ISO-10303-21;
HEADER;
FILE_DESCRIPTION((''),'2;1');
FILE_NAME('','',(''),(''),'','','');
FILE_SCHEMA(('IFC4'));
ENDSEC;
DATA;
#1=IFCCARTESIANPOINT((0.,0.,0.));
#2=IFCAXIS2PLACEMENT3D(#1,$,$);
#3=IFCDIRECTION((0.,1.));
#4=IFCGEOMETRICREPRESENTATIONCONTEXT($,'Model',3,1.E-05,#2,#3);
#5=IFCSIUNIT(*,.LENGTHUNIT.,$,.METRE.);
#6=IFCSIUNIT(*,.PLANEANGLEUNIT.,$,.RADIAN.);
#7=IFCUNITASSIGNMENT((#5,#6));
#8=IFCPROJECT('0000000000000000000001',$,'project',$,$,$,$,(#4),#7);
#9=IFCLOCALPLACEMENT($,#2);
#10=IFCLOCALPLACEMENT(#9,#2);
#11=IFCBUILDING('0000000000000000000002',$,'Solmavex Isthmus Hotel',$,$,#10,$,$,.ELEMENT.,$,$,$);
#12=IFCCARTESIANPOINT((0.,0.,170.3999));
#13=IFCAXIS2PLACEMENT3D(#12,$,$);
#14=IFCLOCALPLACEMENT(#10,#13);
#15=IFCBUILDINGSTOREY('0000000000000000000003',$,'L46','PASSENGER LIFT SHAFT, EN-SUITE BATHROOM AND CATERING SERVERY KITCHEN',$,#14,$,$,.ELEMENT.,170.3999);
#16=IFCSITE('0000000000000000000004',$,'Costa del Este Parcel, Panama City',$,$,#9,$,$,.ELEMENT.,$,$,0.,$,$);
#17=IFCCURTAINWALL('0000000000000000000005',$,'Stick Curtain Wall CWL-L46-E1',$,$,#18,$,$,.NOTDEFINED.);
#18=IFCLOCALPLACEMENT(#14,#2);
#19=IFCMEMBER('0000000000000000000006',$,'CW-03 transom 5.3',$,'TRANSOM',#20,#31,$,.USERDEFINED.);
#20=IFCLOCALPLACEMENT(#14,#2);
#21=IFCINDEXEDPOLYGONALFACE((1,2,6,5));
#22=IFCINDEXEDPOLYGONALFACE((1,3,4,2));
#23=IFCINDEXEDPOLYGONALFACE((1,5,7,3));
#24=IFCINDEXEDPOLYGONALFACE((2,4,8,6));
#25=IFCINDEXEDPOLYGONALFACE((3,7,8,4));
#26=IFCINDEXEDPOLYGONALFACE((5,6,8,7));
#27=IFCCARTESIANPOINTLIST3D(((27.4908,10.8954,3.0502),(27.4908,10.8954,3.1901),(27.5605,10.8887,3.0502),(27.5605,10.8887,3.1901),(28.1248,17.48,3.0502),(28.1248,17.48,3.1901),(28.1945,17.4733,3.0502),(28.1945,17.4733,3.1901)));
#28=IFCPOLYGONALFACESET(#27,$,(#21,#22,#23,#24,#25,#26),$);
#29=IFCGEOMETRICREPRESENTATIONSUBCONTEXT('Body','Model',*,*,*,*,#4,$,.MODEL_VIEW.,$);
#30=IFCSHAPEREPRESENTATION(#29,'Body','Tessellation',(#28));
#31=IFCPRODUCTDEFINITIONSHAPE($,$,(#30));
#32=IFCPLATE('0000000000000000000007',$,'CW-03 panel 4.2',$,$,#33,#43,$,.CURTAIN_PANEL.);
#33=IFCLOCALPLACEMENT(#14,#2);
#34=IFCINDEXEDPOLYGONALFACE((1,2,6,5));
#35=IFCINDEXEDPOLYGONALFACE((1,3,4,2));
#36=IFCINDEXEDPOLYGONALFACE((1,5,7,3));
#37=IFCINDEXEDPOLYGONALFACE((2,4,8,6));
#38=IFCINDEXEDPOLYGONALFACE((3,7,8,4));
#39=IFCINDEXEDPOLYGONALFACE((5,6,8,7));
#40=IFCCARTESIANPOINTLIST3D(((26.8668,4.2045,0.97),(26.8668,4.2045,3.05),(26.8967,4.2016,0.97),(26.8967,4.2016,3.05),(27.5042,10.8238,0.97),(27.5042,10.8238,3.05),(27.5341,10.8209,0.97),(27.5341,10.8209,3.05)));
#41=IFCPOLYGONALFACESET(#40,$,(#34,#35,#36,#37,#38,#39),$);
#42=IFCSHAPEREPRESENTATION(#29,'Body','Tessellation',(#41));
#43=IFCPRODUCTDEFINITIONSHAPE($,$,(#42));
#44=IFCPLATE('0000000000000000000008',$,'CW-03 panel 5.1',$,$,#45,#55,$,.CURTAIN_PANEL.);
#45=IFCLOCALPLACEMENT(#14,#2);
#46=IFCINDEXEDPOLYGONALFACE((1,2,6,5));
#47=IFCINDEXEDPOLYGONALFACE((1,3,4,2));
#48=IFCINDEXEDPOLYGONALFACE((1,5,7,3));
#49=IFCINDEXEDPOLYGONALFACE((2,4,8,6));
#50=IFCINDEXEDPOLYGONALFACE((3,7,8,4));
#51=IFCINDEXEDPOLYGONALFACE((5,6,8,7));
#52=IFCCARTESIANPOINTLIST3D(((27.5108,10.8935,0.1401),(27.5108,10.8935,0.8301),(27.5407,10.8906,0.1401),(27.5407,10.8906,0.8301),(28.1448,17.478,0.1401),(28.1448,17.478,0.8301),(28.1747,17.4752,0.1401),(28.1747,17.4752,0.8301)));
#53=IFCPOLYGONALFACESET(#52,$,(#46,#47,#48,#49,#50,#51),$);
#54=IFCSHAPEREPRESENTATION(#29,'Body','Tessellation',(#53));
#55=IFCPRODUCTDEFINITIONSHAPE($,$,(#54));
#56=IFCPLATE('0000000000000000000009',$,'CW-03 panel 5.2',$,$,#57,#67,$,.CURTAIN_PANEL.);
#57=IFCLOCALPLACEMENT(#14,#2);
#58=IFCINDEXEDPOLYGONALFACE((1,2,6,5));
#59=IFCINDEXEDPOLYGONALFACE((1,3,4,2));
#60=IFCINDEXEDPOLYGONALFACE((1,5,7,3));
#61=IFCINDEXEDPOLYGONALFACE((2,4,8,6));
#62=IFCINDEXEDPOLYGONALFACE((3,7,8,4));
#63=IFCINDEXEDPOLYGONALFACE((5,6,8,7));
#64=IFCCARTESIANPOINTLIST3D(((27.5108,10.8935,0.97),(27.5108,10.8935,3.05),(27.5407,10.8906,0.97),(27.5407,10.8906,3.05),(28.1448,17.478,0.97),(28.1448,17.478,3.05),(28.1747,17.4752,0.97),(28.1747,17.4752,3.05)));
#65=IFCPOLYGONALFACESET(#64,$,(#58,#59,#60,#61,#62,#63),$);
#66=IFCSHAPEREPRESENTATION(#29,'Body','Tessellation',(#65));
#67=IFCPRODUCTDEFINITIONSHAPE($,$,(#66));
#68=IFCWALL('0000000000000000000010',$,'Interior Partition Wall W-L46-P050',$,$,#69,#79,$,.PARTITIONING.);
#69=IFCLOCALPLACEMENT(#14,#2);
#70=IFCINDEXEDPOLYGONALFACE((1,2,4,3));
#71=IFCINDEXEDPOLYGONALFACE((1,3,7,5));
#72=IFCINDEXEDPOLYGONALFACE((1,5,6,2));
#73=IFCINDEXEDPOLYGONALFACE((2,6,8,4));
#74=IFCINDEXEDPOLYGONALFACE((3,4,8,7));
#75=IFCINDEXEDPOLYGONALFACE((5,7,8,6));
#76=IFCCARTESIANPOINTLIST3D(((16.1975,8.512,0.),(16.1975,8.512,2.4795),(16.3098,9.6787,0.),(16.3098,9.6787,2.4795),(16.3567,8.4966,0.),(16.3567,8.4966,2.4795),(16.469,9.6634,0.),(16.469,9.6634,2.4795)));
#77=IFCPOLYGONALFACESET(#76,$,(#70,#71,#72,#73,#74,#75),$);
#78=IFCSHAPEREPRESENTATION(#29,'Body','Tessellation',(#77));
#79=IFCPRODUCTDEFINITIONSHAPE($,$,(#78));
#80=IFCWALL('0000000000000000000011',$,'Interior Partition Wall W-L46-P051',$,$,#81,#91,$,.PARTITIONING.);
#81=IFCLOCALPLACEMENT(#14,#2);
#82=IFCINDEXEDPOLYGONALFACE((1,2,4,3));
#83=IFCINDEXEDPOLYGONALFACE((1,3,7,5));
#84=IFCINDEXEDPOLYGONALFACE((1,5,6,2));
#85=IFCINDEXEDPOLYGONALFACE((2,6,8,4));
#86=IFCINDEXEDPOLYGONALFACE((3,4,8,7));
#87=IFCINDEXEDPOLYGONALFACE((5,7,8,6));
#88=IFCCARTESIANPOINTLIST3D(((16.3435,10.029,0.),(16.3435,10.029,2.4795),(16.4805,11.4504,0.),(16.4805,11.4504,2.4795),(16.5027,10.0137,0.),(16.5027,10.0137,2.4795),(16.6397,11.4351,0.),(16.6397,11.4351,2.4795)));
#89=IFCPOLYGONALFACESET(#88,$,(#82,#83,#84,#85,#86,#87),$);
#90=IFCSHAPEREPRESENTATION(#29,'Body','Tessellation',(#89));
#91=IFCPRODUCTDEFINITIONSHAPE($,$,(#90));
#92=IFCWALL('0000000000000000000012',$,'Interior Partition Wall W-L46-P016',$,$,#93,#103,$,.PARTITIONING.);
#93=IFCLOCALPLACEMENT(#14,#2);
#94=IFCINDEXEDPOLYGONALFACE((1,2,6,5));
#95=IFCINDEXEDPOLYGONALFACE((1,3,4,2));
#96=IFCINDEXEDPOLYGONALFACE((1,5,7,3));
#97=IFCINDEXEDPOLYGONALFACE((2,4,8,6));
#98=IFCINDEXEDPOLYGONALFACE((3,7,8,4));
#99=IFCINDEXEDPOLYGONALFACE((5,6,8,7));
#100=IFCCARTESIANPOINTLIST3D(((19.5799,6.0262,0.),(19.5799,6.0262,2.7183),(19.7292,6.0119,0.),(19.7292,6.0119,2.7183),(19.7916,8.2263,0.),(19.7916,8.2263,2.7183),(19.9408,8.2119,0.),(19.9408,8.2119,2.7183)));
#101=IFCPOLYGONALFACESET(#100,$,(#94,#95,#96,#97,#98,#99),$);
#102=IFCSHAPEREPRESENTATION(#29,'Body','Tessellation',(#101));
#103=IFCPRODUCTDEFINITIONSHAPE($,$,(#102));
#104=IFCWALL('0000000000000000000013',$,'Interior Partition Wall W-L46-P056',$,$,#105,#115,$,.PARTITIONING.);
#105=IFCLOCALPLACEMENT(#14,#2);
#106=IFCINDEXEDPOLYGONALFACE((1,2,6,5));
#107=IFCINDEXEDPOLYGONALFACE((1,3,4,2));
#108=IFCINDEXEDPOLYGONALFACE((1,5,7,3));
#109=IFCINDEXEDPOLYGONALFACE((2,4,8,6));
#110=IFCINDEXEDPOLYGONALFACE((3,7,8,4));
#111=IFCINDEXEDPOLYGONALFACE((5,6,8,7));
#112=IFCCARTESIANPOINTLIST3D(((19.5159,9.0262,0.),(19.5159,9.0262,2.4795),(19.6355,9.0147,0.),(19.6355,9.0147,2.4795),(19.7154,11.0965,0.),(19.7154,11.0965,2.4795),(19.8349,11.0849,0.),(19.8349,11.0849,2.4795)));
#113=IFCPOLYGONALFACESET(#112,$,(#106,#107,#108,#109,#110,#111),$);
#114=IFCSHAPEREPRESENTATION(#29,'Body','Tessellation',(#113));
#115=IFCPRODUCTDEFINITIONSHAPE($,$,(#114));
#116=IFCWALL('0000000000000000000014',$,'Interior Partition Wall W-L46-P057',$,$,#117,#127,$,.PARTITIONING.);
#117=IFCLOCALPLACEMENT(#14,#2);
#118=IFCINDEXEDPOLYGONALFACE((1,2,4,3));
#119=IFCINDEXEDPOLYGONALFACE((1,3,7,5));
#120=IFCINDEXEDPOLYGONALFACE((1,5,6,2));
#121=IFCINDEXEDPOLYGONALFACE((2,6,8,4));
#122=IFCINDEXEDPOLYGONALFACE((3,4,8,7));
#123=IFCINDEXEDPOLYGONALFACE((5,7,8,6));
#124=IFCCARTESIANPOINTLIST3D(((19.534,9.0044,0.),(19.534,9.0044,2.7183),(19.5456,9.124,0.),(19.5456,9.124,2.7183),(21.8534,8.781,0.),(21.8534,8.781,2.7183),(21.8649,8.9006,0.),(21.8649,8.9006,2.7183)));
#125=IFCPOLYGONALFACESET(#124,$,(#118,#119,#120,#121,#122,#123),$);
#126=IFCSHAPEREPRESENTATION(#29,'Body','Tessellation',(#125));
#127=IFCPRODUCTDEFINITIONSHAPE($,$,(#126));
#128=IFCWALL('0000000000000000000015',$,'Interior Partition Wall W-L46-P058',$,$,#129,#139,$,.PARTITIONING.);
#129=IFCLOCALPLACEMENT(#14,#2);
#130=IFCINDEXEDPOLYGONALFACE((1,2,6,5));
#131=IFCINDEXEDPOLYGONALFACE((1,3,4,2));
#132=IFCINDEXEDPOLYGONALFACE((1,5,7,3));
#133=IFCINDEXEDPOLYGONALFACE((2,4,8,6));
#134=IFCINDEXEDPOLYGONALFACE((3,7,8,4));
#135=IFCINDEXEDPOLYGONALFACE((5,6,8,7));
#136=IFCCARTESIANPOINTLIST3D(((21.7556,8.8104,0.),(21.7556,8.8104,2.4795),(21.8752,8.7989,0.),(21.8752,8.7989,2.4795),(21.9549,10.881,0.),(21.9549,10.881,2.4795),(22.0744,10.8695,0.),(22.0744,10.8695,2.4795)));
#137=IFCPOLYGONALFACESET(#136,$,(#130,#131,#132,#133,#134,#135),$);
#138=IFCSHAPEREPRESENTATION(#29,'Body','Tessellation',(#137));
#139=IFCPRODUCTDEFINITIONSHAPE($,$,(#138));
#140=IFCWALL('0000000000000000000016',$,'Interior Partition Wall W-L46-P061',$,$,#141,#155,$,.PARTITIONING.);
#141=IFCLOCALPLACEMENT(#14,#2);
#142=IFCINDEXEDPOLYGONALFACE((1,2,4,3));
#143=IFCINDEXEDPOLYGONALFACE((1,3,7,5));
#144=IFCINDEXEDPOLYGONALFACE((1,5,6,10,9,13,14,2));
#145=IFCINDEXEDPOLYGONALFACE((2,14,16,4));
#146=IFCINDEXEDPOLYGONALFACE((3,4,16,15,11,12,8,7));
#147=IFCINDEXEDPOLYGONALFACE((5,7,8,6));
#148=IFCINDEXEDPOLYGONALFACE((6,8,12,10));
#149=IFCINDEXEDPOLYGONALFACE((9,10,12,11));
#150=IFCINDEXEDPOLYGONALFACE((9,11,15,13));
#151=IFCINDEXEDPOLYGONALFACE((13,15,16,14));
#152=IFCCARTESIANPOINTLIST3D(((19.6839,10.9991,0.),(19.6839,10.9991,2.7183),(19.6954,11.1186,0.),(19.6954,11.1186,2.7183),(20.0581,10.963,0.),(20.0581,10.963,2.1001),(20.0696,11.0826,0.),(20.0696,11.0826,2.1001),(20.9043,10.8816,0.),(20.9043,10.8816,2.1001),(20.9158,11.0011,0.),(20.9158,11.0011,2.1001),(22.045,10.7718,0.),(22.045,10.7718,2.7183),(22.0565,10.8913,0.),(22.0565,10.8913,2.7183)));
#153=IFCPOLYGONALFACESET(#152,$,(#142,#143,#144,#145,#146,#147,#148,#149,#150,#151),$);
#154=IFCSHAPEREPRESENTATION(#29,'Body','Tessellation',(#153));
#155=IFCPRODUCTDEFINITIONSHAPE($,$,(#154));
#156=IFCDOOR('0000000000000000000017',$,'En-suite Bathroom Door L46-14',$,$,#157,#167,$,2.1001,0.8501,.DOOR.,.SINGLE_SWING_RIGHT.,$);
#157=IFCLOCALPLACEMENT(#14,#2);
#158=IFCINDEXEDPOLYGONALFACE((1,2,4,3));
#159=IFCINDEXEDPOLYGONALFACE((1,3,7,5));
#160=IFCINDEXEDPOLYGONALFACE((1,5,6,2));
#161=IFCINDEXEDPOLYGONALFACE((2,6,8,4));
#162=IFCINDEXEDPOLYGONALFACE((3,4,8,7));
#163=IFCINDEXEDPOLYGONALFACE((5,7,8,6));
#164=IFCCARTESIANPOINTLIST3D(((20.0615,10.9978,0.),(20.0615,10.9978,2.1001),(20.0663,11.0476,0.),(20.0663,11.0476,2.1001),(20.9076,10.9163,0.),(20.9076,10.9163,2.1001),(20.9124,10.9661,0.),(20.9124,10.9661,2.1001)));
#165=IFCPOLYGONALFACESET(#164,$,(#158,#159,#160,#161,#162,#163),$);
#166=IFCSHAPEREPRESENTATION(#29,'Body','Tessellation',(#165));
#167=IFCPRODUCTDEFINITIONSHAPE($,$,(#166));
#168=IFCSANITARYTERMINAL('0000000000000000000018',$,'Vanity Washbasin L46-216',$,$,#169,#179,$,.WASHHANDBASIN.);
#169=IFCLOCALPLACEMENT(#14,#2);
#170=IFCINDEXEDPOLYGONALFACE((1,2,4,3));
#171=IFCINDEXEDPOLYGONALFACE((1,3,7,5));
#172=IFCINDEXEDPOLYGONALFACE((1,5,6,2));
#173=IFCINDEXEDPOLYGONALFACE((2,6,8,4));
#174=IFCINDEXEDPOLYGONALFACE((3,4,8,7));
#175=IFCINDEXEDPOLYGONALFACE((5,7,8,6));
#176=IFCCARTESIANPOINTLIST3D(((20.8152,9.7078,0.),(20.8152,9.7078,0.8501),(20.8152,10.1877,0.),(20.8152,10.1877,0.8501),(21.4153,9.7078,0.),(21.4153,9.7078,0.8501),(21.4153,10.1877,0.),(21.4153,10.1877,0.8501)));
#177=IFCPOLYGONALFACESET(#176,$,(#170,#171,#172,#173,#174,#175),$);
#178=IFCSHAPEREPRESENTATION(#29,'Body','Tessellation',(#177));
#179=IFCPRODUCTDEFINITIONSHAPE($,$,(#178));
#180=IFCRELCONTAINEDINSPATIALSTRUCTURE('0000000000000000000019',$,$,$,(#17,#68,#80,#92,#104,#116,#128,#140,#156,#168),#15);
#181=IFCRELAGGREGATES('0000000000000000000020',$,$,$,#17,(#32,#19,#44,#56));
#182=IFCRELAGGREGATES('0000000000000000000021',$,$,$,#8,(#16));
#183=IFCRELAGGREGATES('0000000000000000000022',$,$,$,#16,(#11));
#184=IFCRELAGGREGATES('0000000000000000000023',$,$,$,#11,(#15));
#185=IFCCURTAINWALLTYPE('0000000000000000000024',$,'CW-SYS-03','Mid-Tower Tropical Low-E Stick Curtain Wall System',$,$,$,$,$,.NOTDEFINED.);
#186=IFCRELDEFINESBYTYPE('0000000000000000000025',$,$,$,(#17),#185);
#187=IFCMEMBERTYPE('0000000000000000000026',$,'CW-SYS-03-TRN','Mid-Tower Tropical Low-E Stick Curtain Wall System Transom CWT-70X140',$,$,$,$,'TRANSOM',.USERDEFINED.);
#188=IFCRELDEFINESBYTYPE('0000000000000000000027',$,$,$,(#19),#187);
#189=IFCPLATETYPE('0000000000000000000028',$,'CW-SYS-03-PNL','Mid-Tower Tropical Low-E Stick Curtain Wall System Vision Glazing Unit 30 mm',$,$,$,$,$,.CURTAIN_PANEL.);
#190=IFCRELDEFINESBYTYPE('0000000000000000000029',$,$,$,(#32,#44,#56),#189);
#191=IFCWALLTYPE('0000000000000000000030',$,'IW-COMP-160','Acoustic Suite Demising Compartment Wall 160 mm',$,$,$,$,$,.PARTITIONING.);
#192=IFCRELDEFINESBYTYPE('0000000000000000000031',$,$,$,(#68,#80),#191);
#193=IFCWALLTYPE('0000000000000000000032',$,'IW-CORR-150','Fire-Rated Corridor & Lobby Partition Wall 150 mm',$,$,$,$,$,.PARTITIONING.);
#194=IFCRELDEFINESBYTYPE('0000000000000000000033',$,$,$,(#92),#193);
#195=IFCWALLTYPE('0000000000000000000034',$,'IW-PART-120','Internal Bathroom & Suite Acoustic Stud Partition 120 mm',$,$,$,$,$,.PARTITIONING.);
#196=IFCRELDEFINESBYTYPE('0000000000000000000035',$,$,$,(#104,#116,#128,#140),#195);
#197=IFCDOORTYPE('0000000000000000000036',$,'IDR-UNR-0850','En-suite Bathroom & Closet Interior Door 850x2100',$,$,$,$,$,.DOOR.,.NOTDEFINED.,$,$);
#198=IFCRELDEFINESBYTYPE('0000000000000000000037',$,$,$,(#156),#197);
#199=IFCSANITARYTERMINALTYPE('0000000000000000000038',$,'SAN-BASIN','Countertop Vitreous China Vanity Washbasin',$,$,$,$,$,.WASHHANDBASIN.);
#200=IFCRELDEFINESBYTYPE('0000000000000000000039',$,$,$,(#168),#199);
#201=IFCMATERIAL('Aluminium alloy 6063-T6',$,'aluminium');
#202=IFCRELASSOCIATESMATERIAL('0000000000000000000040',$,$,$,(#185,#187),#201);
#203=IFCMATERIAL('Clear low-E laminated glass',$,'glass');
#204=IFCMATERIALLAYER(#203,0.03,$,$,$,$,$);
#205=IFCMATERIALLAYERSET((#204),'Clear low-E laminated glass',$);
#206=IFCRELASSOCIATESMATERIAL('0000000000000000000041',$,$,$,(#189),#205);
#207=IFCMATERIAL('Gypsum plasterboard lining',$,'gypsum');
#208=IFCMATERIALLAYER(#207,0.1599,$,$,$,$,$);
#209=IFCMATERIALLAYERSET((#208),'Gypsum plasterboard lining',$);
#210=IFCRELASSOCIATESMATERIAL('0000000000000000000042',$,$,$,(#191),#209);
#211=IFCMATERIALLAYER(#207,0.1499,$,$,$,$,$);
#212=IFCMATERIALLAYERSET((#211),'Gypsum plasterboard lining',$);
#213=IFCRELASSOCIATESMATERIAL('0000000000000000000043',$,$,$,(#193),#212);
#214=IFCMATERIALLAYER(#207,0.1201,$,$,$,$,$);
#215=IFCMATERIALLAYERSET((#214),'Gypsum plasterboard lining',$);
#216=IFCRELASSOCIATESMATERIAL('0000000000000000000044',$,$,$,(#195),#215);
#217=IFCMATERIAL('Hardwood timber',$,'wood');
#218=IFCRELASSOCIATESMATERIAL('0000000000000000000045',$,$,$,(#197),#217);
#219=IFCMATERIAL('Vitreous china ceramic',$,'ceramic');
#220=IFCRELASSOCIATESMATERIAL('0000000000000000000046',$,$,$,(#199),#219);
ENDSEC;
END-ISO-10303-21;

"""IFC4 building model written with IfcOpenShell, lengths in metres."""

from ifc_helpers import new_model, si_unit, direction, frame, frame_2d, origin, origin_2d, place, context, subcontext, project, spatial, rectangle, extrude, material, layer, layer_set, material_profile, profile_set, type_object, element, fill, aggregate, save


model = new_model("IFC4")

# Units and contexts
model_context = context("Model", 3, precision=1e-05, world=origin(), true_north=direction((0.0, 1.0)))
body_context = subcontext(model_context, "Body", "Model", "MODEL_VIEW")
ifc_project = project(units=[si_unit("LENGTHUNIT", "METRE"), si_unit("PLANEANGLEUNIT", "RADIAN")], contexts=[model_context])

# Site, building, storey
site_placement = place(None, origin())
site = spatial("IfcSite", under=ifc_project, at=site_placement, Name="Costa del Este Parcel, Panama City", CompositionType="ELEMENT", RefElevation=0.0)
building_placement = place(site_placement, origin())
building = spatial("IfcBuilding", under=site, at=building_placement, Name="Solmavex Isthmus Hotel", CompositionType="ELEMENT")
storey_placement = place(building_placement, frame((0.0, 0.0, 170.3999)))
storey = spatial("IfcBuildingStorey", under=building, at=storey_placement, Name="L46", Description="PASSENGER LIFT SHAFT, EN-SUITE BATHROOM AND CATERING SERVERY KITCHEN", CompositionType="ELEMENT", Elevation=170.3999)

# Curtain wall, member, plates
ifc_material_1 = material(Name="Aluminium alloy 6063-T6", Category="aluminium")
curtain_wall_type = type_object("IfcCurtainWallType", Name="CW-SYS-03", Description="Mid-Tower Tropical Low-E Stick Curtain Wall System", PredefinedType="NOTDEFINED", material=ifc_material_1)
curtain_wall_placement = place(storey_placement, origin())
curtain_wall = element("IfcCurtainWall", 1, at=curtain_wall_placement, inside=storey, type_object=curtain_wall_type, Name="Stick Curtain Wall CWL-L46-E1", PredefinedType="NOTDEFINED")
ifc_material_profile_1 = material_profile(ifc_material_1, rectangle(XDim=0.0701, YDim=0.1399, at=origin_2d()), Name="CWT-70X140")
ifc_profile_set_1 = profile_set([ifc_material_profile_1], Name="Aluminium alloy 6063-T6")
member_type_1 = type_object("IfcMemberType", Name="CW-SYS-03-TRN", Description="Mid-Tower Tropical Low-E Stick Curtain Wall System Transom CWT-70X140", ElementType="TRANSOM", PredefinedType="USERDEFINED", material=ifc_profile_set_1)
member_1_placement = place(storey_placement, frame((27.5256, 10.8921, 3.1201), z_axis=(0.095849, 0.995396, 0.0), x_axis=(-0.995396, 0.095849, 0.0)))
member_1 = element("IfcMember", 2, at=member_1_placement, type_object=member_type_1, Name="CW-03 transom 5.3", ObjectType="TRANSOM", PredefinedType="USERDEFINED", context=body_context, shape_type="SweptSolid", body=[
    extrude(rectangle(XDim=0.0701, YDim=0.1399, at=origin_2d()), origin(), (0.0, 0.0, 1.0), 6.615),
])
ifc_material_2 = material(Name="Clear low-E laminated glass", Category="glass")
ifc_layer_1 = layer(ifc_material_2, 0.03)
ifc_layer_set_1 = layer_set([ifc_layer_1], Name="Clear low-E laminated glass")
plate_type = type_object("IfcPlateType", Name="CW-SYS-03-PNL", Description="Mid-Tower Tropical Low-E Stick Curtain Wall System Vision Glazing Unit 30 mm", PredefinedType="CURTAIN_PANEL", material=ifc_layer_set_1)
plate_1_placement = place(storey_placement, frame((27.2004, 7.5127, 0.97), z_axis=(0.0, 0.0, 1.0), x_axis=(0.095846, 0.995396, 0.0)))
plate_1 = element("IfcPlate", 3, at=plate_1_placement, type_object=plate_type, Name="CW-03 panel 4.2", PredefinedType="CURTAIN_PANEL", context=body_context, shape_type="SweptSolid", body=[
    extrude(rectangle(XDim=6.6499, YDim=0.03, at=origin_2d()), origin(), (0.0, 0.0, 1.0), 2.0801),
])
plate_2_placement = place(storey_placement, frame((27.8428, 14.1843, 0.1401), z_axis=(0.0, 0.0, 1.0), x_axis=(0.095846, 0.995396, 0.0)))
plate_2 = element("IfcPlate", 4, at=plate_2_placement, type_object=plate_type, Name="CW-03 panel 5.1", PredefinedType="CURTAIN_PANEL", context=body_context, shape_type="SweptSolid", body=[
    extrude(rectangle(XDim=6.615, YDim=0.03, at=origin_2d()), origin(), (0.0, 0.0, 1.0), 0.6899),
])
plate_3_placement = place(storey_placement, frame((27.8428, 14.1843, 0.97), z_axis=(0.0, 0.0, 1.0), x_axis=(0.095846, 0.995396, 0.0)))
plate_3 = element("IfcPlate", 5, at=plate_3_placement, type_object=plate_type, Name="CW-03 panel 5.2", PredefinedType="CURTAIN_PANEL", context=body_context, shape_type="SweptSolid", body=[
    extrude(rectangle(XDim=6.615, YDim=0.03, at=origin_2d()), origin(), (0.0, 0.0, 1.0), 2.0801),
])
aggregate(curtain_wall, [plate_1, member_1, plate_2, plate_3])

# Walls
ifc_material_3 = material(Name="Gypsum plasterboard lining", Category="gypsum")
ifc_layer_2 = layer(ifc_material_3, 0.1599)
ifc_layer_set_2 = layer_set([ifc_layer_2], Name="Gypsum plasterboard lining")
wall_type_1 = type_object("IfcWallType", Name="IW-COMP-160", Description="Acoustic Suite Demising Compartment Wall 160 mm", PredefinedType="PARTITIONING", material=ifc_layer_set_2)
wall_1_placement = place(storey_placement, frame((16.3894, 9.6709, 0.0), z_axis=(0.0, 0.0, 1.0), x_axis=(-0.095812, -0.995399, 0.0)))
element("IfcWall", 6, at=wall_1_placement, inside=storey, type_object=wall_type_1, Name="Interior Partition Wall W-L46-P050", PredefinedType="PARTITIONING", context=body_context, shape_type="SweptSolid", body=[
    extrude(rectangle(XDim=1.1721, YDim=0.1599, at=frame_2d((0.5859, 0.0))), origin(), (0.0, 0.0, 1.0), 2.4795),
])
wall_2_placement = place(storey_placement, frame((16.5601, 11.4426, 0.0), z_axis=(0.0, 0.0, 1.0), x_axis=(-0.095914, -0.99539, 0.0)))
element("IfcWall", 7, at=wall_2_placement, inside=storey, type_object=wall_type_1, Name="Interior Partition Wall W-L46-P051", PredefinedType="PARTITIONING", context=body_context, shape_type="SweptSolid", body=[
    extrude(rectangle(XDim=1.428, YDim=0.1599, at=frame_2d((0.7139, 0.0))), origin(), (0.0, 0.0, 1.0), 2.4795),
])

# Shared definitions
ifc_material_4 = material(Name="Hardwood timber", Category="wood")
ifc_layer_3 = layer(ifc_material_3, 0.1499)
ifc_layer_set_3 = layer_set([ifc_layer_3], Name="Gypsum plasterboard lining")
wall_type_2 = type_object("IfcWallType", Name="IW-CORR-150", Description="Fire-Rated Corridor & Lobby Partition Wall 150 mm", PredefinedType="PARTITIONING", material=ifc_layer_set_3)

# Walls
wall_3_placement = place(storey_placement, frame((19.8662, 8.219, 0.0), z_axis=(0.0, 0.0, 1.0), x_axis=(-0.095773, -0.995403, 0.0)))
element("IfcWall", 8, at=wall_3_placement, inside=storey, type_object=wall_type_2, Name="Interior Partition Wall W-L46-P016", PredefinedType="PARTITIONING", context=body_context, shape_type="SweptSolid", body=[
    extrude(rectangle(XDim=2.2102, YDim=0.1499, at=frame_2d((1.105, 0.0))), origin(), (0.0, 0.0, 1.0), 2.7183),
])
ifc_layer_4 = layer(ifc_material_3, 0.1201)
ifc_layer_set_4 = layer_set([ifc_layer_4], Name="Gypsum plasterboard lining")
wall_type_3 = type_object("IfcWallType", Name="IW-PART-120", Description="Internal Bathroom & Suite Acoustic Stud Partition 120 mm", PredefinedType="PARTITIONING", material=ifc_layer_set_4)
wall_4_placement = place(storey_placement, frame((19.7751, 11.0908, 0.0), z_axis=(0.0, 0.0, 1.0), x_axis=(-0.0959, -0.995391, 0.0)))
element("IfcWall", 9, at=wall_4_placement, inside=storey, type_object=wall_type_3, Name="Interior Partition Wall W-L46-P056", PredefinedType="PARTITIONING", context=body_context, shape_type="SweptSolid", body=[
    extrude(rectangle(XDim=2.0798, YDim=0.1201, at=frame_2d((1.04, 0.0))), origin(), (0.0, 0.0, 1.0), 2.4795),
])
wall_5_placement = place(storey_placement, frame((19.5398, 9.0642, 0.0), z_axis=(0.0, 0.0, 1.0), x_axis=(0.995394, -0.095872, 0.0)))
element("IfcWall", 10, at=wall_5_placement, inside=storey, type_object=wall_type_3, Name="Interior Partition Wall W-L46-P057", PredefinedType="PARTITIONING", context=body_context, shape_type="SweptSolid", body=[
    extrude(rectangle(XDim=2.3301, YDim=0.1201, at=frame_2d((1.165, 0.0))), origin(), (0.0, 0.0, 1.0), 2.7183),
])
wall_6_placement = place(storey_placement, frame((21.8154, 8.8047, 0.0), z_axis=(0.0, 0.0, 1.0), x_axis=(0.095773, 0.995403, 0.0)))
element("IfcWall", 11, at=wall_6_placement, inside=storey, type_object=wall_type_3, Name="Interior Partition Wall W-L46-P058", PredefinedType="PARTITIONING", context=body_context, shape_type="SweptSolid", body=[
    extrude(rectangle(XDim=2.0801, YDim=0.1201, at=frame_2d((1.04, 0.0))), origin(), (0.0, 0.0, 1.0), 2.4795),
])

# Wall, opening, door
wall_7_placement = place(storey_placement, frame((22.0508, 10.8315, 0.0), z_axis=(0.0, 0.0, 1.0), x_axis=(-0.995398, 0.095824, 0.0)))
wall_7 = element("IfcWall", 12, at=wall_7_placement, inside=storey, type_object=wall_type_3, Name="Interior Partition Wall W-L46-P061", PredefinedType="PARTITIONING", context=body_context, shape_type="SweptSolid", body=[
    extrude(rectangle(XDim=2.3721, YDim=0.1201, at=frame_2d((1.186, 0.0))), origin(), (0.0, 0.0, 1.0), 2.7183),
])
opening_1_placement = place(wall_7_placement, frame((1.146, 0.0, 0.0)))
opening_1 = element("IfcOpeningElement", 13, at=opening_1_placement, cuts=wall_7, PredefinedType="OPENING", context=body_context, shape_type="SweptSolid", body=[
    extrude(rectangle(XDim=0.8501, YDim=2.1001, at=frame_2d((0.425, 1.05))), frame((0.0, 0.0701, 0.0), z_axis=(0.0, -1.0, 0.0), x_axis=(1.0, 0.0, 0.0)), (0.0, 0.0, 1.0), 0.1401),
])
door_type_1 = type_object("IfcDoorType", Name="IDR-UNR-0850", Description="En-suite Bathroom & Closet Interior Door 850x2100", OperationType="NOTDEFINED", PredefinedType="DOOR", material=ifc_material_4)
door_1_placement = place(opening_1_placement, frame((0.8501, 0.0, 0.0), z_axis=(0.0, 0.0, 1.0), x_axis=(-1.0, 0.0, 0.0)))
door_1 = element("IfcDoor", 14, at=door_1_placement, inside=storey, type_object=door_type_1, Name="En-suite Bathroom Door L46-14", OperationType="SINGLE_SWING_RIGHT", OverallHeight=2.1001, OverallWidth=0.8501, PredefinedType="DOOR", context=body_context, shape_type="SweptSolid", body=[
    extrude(rectangle(XDim=0.8501, YDim=2.1001, at=frame_2d((0.425, 1.05))), frame((0.0, 0.0249, 0.0), z_axis=(0.0, -1.0, 0.0), x_axis=(1.0, 0.0, 0.0)), (0.0, 0.0, 1.0), 0.05),
])
fill(opening_1, door_1)

# Sanitary terminal
ifc_material_5 = material(Name="Vitreous china ceramic", Category="ceramic")
sanitary_terminal_type_1 = type_object("IfcSanitaryTerminalType", Name="SAN-BASIN", Description="Countertop Vitreous China Vanity Washbasin", PredefinedType="WASHHANDBASIN", material=ifc_material_5)
sanitary_terminal_1_placement = place(storey_placement, frame((21.1152, 9.9478, 0.0), z_axis=(0.0, 0.0, 1.0), x_axis=(1.0, 0.0, 0.0)))
element("IfcSanitaryTerminal", 15, at=sanitary_terminal_1_placement, inside=storey, type_object=sanitary_terminal_type_1, Name="Vanity Washbasin L46-216", PredefinedType="WASHHANDBASIN", context=body_context, shape_type="SweptSolid", body=[
    extrude(rectangle(XDim=0.6001, YDim=0.48, at=origin_2d()), origin(), (0.0, 0.0, 1.0), 0.8501),
])

save(model, "model.ifc")
